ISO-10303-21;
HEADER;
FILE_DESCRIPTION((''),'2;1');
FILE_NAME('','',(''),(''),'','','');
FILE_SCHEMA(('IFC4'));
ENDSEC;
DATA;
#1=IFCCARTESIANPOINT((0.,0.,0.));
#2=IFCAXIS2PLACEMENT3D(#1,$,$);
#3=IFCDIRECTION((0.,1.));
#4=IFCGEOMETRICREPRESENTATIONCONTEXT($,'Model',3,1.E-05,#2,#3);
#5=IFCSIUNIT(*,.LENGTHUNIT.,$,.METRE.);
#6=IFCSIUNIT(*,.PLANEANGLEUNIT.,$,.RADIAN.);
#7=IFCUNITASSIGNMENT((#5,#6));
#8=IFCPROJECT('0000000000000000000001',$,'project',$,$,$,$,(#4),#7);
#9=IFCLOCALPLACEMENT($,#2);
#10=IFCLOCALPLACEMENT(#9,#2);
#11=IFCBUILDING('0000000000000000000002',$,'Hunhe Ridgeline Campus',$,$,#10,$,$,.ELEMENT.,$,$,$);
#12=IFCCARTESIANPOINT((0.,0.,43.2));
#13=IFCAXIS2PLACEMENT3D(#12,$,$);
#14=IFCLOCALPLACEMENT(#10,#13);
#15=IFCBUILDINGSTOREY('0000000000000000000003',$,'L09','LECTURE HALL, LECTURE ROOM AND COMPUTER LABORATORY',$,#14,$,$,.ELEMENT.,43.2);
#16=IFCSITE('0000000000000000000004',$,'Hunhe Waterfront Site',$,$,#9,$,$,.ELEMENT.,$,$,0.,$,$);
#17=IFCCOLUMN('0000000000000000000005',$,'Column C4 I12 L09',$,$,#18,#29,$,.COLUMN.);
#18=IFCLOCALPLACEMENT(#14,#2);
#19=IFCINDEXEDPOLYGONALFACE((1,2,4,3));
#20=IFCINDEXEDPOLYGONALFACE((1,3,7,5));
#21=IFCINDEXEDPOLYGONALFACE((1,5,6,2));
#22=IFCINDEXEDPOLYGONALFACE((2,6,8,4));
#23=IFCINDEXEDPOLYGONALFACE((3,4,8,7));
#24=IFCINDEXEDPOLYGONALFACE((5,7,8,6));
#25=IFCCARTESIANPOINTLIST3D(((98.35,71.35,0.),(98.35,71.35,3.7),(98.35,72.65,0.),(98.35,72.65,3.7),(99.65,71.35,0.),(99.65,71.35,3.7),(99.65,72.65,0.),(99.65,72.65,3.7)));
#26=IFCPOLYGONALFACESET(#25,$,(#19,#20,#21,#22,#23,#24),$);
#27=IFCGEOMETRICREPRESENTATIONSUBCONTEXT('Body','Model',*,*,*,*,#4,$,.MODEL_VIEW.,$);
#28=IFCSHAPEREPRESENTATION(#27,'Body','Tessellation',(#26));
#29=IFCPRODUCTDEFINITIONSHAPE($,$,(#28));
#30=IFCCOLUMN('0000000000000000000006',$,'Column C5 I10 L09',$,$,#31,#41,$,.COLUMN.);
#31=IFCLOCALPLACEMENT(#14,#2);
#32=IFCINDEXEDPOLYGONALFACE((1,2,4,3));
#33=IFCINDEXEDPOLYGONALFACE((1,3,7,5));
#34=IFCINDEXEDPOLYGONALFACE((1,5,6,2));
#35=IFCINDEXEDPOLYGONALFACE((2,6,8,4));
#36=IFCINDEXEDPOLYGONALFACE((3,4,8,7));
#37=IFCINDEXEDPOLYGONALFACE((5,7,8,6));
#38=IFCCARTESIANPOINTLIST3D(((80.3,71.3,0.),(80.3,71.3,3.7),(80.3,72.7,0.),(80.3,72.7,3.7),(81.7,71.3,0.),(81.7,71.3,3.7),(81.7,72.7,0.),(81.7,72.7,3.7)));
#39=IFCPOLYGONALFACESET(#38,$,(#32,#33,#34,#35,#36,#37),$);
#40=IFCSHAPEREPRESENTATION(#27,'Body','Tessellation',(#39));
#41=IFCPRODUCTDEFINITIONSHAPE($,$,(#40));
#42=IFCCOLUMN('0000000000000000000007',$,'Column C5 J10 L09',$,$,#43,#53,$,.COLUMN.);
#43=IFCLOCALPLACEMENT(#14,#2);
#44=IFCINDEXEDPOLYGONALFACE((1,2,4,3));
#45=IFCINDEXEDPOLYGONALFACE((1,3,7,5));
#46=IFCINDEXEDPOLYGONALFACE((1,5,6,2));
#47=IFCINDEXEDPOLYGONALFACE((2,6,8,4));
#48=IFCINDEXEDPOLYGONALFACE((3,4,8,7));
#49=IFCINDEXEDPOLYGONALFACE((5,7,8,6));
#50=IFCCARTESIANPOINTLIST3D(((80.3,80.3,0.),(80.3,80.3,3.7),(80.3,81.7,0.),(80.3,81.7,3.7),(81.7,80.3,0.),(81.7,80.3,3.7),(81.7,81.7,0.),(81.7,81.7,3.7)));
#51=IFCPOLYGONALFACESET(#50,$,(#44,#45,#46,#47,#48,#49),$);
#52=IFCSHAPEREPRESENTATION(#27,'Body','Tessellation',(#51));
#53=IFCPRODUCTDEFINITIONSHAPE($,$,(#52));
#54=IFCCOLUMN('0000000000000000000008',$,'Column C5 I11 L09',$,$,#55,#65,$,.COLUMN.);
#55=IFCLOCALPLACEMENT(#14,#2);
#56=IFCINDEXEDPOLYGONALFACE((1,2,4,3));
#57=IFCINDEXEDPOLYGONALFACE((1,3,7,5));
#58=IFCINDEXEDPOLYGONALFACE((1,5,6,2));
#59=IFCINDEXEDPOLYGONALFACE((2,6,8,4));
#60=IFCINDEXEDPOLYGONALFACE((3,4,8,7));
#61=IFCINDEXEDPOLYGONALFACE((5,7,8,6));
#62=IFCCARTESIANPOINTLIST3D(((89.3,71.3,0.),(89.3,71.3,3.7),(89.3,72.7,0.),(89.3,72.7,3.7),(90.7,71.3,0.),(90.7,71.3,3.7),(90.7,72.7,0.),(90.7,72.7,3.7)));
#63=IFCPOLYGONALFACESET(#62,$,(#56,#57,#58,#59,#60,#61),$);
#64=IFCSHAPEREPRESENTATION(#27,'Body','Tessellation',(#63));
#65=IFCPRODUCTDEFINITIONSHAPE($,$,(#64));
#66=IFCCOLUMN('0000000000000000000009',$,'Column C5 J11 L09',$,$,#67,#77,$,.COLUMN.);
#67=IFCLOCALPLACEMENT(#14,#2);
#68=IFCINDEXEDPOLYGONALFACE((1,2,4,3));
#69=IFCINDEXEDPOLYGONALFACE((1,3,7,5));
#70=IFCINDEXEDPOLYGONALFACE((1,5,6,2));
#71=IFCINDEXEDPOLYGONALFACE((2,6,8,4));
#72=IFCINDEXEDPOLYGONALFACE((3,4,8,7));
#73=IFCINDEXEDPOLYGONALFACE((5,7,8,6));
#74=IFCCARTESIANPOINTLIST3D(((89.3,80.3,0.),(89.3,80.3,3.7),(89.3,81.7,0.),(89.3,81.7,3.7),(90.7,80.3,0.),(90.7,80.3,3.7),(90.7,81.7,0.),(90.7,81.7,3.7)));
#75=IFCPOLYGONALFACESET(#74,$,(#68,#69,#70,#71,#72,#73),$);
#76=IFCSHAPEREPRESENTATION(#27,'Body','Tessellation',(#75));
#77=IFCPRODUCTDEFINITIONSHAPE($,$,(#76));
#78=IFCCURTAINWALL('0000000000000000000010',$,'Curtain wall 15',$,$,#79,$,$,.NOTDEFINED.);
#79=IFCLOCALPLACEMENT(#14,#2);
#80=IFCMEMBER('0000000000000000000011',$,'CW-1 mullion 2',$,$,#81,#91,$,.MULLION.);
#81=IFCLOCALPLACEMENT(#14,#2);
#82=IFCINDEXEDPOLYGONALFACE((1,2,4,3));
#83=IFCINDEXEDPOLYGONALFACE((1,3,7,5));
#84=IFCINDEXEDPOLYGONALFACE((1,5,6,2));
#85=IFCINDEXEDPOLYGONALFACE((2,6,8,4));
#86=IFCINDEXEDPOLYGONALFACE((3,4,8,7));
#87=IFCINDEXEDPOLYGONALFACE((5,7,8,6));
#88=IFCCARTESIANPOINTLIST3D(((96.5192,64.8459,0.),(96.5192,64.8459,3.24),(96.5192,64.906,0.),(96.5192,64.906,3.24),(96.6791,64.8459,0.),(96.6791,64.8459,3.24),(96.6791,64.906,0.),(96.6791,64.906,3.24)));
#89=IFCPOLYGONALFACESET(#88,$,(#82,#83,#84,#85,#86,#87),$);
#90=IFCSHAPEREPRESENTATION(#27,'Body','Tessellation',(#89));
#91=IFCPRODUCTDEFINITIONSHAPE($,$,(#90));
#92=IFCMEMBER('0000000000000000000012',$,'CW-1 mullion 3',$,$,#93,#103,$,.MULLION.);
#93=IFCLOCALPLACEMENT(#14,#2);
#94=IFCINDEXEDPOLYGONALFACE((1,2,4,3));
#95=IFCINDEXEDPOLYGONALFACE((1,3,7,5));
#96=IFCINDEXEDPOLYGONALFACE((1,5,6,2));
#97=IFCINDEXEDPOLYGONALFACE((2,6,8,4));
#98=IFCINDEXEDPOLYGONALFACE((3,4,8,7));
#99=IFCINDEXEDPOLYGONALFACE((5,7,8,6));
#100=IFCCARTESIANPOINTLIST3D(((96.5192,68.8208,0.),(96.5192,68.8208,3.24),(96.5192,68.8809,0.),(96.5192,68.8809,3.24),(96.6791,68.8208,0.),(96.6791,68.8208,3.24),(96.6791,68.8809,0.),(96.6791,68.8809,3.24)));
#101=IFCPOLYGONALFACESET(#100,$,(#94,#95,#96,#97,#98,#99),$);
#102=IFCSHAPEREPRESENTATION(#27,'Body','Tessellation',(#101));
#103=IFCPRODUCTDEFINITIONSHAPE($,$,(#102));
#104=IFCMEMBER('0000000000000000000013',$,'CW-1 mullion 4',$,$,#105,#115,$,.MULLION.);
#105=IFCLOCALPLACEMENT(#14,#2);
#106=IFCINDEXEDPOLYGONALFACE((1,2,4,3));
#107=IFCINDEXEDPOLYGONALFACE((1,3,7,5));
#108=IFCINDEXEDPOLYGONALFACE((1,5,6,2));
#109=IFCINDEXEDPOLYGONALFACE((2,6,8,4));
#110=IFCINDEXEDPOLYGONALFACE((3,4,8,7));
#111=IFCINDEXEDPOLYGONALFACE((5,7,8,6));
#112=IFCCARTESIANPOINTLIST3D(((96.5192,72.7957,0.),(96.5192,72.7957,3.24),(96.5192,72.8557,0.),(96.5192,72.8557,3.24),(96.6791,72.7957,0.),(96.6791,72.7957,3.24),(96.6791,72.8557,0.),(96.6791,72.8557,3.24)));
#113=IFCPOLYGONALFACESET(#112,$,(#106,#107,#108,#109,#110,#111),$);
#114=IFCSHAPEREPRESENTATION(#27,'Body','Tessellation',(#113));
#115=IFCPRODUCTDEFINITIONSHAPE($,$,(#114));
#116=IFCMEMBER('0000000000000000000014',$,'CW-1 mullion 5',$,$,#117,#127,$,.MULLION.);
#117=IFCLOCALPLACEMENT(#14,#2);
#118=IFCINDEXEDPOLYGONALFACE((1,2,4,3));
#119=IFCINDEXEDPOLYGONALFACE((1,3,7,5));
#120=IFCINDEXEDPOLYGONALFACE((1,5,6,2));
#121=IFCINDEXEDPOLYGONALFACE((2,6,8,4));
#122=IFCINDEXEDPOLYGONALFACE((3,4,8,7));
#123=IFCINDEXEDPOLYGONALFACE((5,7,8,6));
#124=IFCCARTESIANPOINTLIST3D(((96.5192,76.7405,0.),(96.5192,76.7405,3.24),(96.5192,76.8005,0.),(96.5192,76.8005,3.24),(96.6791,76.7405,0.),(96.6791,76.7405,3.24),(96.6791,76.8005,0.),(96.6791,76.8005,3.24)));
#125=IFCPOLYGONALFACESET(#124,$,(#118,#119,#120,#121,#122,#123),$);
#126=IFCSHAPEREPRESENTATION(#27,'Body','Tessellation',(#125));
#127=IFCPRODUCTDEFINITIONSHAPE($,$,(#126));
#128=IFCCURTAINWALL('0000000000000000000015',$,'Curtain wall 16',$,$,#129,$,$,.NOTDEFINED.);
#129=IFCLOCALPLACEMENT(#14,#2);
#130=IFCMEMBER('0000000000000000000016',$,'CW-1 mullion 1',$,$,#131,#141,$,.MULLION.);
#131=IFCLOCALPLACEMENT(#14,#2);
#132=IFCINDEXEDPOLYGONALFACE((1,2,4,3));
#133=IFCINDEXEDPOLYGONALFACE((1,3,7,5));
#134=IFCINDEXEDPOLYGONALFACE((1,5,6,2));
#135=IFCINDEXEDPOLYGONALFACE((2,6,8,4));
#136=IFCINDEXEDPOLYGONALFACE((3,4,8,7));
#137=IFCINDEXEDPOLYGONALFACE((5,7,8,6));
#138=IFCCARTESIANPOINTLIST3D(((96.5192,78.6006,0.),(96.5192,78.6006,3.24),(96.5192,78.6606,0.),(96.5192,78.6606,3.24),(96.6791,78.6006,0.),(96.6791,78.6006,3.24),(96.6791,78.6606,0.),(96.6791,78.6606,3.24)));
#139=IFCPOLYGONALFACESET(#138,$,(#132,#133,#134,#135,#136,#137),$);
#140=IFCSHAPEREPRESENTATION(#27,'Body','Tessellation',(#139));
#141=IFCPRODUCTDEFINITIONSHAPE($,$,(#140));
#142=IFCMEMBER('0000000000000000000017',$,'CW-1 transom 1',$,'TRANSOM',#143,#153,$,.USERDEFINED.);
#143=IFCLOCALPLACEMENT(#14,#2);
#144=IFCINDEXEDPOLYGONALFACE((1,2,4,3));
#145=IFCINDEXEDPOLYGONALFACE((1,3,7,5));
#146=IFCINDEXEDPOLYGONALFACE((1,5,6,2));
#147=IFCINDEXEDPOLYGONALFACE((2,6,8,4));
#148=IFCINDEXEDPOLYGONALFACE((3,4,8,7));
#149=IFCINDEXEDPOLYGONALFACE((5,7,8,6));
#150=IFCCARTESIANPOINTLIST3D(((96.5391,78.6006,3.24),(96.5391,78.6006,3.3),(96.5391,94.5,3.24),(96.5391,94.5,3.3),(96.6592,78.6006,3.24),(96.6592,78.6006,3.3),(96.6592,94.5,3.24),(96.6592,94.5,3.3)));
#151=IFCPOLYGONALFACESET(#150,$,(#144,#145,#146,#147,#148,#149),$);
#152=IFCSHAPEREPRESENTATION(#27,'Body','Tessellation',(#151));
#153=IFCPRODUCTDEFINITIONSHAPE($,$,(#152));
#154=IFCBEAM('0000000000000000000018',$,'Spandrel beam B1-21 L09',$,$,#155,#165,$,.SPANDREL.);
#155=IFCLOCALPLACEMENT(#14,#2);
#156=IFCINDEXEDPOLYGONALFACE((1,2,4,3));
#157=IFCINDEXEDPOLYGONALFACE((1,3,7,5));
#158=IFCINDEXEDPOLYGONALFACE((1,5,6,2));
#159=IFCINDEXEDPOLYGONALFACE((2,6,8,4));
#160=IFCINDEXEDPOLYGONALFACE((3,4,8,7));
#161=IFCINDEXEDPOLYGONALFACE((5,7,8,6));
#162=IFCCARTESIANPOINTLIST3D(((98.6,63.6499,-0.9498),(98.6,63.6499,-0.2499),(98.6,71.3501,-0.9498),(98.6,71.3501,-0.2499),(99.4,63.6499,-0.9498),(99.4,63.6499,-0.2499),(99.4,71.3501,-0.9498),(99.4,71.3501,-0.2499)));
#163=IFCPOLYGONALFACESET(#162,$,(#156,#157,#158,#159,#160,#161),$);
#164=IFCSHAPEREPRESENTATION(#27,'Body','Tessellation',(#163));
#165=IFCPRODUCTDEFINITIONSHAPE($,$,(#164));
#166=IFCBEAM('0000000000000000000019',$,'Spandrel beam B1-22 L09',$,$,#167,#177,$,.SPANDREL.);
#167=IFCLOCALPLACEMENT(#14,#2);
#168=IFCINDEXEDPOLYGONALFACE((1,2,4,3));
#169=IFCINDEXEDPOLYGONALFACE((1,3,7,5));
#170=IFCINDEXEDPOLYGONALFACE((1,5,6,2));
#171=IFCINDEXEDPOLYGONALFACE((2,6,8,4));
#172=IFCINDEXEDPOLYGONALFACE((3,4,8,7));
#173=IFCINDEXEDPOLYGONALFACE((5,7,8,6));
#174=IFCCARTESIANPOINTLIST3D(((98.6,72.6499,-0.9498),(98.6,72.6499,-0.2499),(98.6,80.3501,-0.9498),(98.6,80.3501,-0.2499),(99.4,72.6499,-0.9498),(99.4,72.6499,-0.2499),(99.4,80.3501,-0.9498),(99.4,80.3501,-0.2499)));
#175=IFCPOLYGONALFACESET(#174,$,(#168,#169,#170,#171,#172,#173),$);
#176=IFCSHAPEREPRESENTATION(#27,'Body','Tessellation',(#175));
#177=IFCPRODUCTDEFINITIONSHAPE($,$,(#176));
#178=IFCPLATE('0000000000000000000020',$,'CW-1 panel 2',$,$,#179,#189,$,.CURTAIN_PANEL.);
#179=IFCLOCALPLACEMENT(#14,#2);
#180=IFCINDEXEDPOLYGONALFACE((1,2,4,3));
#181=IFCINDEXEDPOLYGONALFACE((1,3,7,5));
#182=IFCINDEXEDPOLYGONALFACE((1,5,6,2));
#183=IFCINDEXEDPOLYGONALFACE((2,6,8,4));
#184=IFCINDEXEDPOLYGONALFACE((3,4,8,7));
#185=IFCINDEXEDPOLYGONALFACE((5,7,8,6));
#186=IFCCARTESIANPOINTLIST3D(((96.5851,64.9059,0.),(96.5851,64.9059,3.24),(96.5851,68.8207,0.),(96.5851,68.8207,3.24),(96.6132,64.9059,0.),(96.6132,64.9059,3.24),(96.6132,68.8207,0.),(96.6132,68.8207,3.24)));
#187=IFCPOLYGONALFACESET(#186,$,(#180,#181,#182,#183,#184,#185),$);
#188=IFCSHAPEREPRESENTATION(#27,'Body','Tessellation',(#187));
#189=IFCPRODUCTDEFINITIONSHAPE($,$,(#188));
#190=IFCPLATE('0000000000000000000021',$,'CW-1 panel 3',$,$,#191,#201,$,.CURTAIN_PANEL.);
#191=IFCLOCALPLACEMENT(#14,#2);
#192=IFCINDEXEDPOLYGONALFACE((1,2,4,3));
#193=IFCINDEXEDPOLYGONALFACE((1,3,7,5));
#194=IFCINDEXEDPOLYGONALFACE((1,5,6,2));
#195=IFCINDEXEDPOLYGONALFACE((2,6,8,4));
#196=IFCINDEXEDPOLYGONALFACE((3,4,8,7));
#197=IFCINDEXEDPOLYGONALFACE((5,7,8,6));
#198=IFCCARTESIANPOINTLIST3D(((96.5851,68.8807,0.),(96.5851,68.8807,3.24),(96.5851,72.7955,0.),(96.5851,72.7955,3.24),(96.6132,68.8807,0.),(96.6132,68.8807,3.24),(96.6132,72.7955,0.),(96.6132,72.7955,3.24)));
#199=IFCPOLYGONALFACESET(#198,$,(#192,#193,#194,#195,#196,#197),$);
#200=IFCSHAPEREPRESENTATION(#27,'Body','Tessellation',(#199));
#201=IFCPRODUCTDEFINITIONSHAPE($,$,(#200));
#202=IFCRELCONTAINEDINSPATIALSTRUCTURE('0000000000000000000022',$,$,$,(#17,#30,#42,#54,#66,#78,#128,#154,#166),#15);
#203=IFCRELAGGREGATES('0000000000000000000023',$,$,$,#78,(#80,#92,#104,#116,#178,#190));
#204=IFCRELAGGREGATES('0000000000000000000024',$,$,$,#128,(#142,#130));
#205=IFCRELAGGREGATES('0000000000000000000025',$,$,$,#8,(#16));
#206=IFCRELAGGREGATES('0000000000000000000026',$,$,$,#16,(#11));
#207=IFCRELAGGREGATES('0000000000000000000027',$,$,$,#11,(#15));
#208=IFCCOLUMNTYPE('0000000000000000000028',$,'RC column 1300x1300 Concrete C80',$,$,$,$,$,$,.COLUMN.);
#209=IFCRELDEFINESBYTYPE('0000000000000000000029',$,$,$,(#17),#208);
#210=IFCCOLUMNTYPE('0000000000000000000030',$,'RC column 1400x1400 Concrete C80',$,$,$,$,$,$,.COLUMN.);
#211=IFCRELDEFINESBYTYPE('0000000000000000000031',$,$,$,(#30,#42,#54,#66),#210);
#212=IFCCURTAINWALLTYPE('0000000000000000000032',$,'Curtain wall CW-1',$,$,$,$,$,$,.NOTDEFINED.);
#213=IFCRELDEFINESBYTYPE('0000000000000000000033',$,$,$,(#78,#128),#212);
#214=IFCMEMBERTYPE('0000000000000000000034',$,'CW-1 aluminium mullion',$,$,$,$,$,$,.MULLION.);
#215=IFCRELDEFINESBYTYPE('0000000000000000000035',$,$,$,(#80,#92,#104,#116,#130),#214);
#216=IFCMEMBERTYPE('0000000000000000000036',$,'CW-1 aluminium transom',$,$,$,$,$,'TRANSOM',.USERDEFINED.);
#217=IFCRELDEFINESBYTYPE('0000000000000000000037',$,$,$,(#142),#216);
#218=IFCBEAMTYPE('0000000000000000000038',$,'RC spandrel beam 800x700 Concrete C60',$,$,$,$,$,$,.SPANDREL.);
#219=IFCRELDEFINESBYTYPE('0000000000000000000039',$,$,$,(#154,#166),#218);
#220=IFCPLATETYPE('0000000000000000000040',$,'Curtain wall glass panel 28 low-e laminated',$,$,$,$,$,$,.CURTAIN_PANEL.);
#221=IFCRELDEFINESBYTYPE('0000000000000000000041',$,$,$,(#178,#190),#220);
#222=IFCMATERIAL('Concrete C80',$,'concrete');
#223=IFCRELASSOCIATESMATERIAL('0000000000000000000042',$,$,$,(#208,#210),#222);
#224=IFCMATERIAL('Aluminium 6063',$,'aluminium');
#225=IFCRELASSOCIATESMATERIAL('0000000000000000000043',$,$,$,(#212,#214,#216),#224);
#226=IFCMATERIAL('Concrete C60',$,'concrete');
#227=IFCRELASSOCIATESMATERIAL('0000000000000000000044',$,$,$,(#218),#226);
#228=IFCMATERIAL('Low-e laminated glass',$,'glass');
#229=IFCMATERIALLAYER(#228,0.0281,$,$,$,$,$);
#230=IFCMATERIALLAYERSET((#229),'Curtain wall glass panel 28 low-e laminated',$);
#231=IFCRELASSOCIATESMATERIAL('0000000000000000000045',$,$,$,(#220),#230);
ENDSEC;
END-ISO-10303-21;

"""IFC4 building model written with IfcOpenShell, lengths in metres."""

from ifc_helpers import new_model, si_unit, direction, frame, origin, origin_2d, place, context, subcontext, project, spatial, rectangle, extrude, material, layer, layer_set, material_profile, profile_set, type_object, element, aggregate, save


model = new_model("IFC4")

# Units and contexts
model_context = context("Model", 3, precision=1e-05, world=origin(), true_north=direction((0.0, 1.0)))
body_context = subcontext(model_context, "Body", "Model", "MODEL_VIEW")
ifc_project = project(units=[si_unit("LENGTHUNIT", "METRE"), si_unit("PLANEANGLEUNIT", "RADIAN")], contexts=[model_context])

# Site, building, storey
site_placement = place(None, origin())
site = spatial("IfcSite", under=ifc_project, at=site_placement, Name="Hunhe Waterfront Site", CompositionType="ELEMENT", RefElevation=0.0)
building_placement = place(site_placement, origin())
building = spatial("IfcBuilding", under=site, at=building_placement, Name="Hunhe Ridgeline Campus", CompositionType="ELEMENT")
storey_placement = place(building_placement, frame((0.0, 0.0, 43.2)))
storey = spatial("IfcBuildingStorey", under=building, at=storey_placement, Name="L09", Description="LECTURE HALL, LECTURE ROOM AND COMPUTER LABORATORY", CompositionType="ELEMENT", Elevation=43.2)

# Columns
ifc_material_1 = material(Name="Concrete C80", Category="concrete")
ifc_material_profile_1 = material_profile(ifc_material_1, rectangle(XDim=1.3, YDim=1.3, at=origin_2d()))
ifc_profile_set_1 = profile_set([ifc_material_profile_1], Name="Concrete C80")
column_type_1 = type_object("IfcColumnType", Name="RC column 1300x1300 Concrete C80", PredefinedType="COLUMN", material=ifc_profile_set_1)
column_placement = place(storey_placement, frame((99.0, 72.0, 0.0), z_axis=(0.0, 0.0, 1.0), x_axis=(1.0, 0.0, 0.0)))
element("IfcColumn", 1, at=column_placement, inside=storey, type_object=column_type_1, Name="Column C4 I12 L09", PredefinedType="COLUMN", context=body_context, shape_type="SweptSolid", body=[
    extrude(rectangle(XDim=1.3, YDim=1.3, at=origin_2d()), origin(), (0.0, 0.0, 1.0), 3.7),
])
ifc_material_profile_2 = material_profile(ifc_material_1, rectangle(XDim=1.3999, YDim=1.3999, at=origin_2d()))
ifc_profile_set_2 = profile_set([ifc_material_profile_2], Name="Concrete C80")
column_type_2 = type_object("IfcColumnType", Name="RC column 1400x1400 Concrete C80", PredefinedType="COLUMN", material=ifc_profile_set_2)
for number, where, z_axis, x_axis, name in (
    (2, (81.0, 72.0, 0.0), (0.0, 0.0, 1.0), (1.0, 0.0, 0.0), "Column C5 I10 L09"),
    (3, (81.0, 81.0, 0.0), (0.0, 0.0, 1.0), (1.0, 0.0, 0.0), "Column C5 J10 L09"),
    (4, (90.0, 72.0, 0.0), (0.0, 0.0, 1.0), (1.0, 0.0, 0.0), "Column C5 I11 L09"),
    (5, (90.0, 81.0, 0.0), (0.0, 0.0, 1.0), (1.0, 0.0, 0.0), "Column C5 J11 L09"),
):
    element("IfcColumn", number, at=place(storey_placement, frame(where, z_axis=z_axis, x_axis=x_axis)), inside=storey, type_object=column_type_2, Name=name, PredefinedType="COLUMN", context=body_context, shape_type="SweptSolid", body=[
        extrude(rectangle(XDim=1.3999, YDim=1.3999, at=origin_2d()), origin(), (0.0, 0.0, 1.0), 3.7),
    ])

# Curtain walls, members
ifc_material_2 = material(Name="Aluminium 6063", Category="aluminium")
curtain_wall_type = type_object("IfcCurtainWallType", Name="Curtain wall CW-1", PredefinedType="NOTDEFINED", material=ifc_material_2)
curtain_wall_1_placement = place(storey_placement, origin())
curtain_wall_1 = element("IfcCurtainWall", 6, at=curtain_wall_1_placement, inside=storey, type_object=curtain_wall_type, Name="Curtain wall 15", PredefinedType="NOTDEFINED")
ifc_material_profile_3 = material_profile(ifc_material_2, rectangle(XDim=0.1599, YDim=0.0601, at=origin_2d()))
ifc_profile_set_3 = profile_set([ifc_material_profile_3], Name="Aluminium 6063")
member_type_1 = type_object("IfcMemberType", Name="CW-1 aluminium mullion", PredefinedType="MULLION", material=ifc_profile_set_3)
member_1_placement = place(storey_placement, frame((96.5991, 64.876, 0.0), z_axis=(0.0, 0.0, 1.0), x_axis=(-1.0, 0.0, 0.0)))
member_1 = element("IfcMember", 7, at=member_1_placement, type_object=member_type_1, Name="CW-1 mullion 2", PredefinedType="MULLION", context=body_context, shape_type="SweptSolid", body=[
    extrude(rectangle(XDim=0.1599, YDim=0.0601, at=origin_2d()), origin(), (0.0, 0.0, 1.0), 3.24),
])
member_2_placement = place(storey_placement, frame((96.5991, 68.8508, 0.0), z_axis=(0.0, 0.0, 1.0), x_axis=(-1.0, 0.0, 0.0)))
member_2 = element("IfcMember", 8, at=member_2_placement, type_object=member_type_1, Name="CW-1 mullion 3", PredefinedType="MULLION", context=body_context, shape_type="SweptSolid", body=[
    extrude(rectangle(XDim=0.1599, YDim=0.0601, at=origin_2d()), origin(), (0.0, 0.0, 1.0), 3.24),
])
member_3_placement = place(storey_placement, frame((96.5991, 72.8257, 0.0), z_axis=(0.0, 0.0, 1.0), x_axis=(-1.0, 0.0, 0.0)))
member_3 = element("IfcMember", 9, at=member_3_placement, type_object=member_type_1, Name="CW-1 mullion 4", PredefinedType="MULLION", context=body_context, shape_type="SweptSolid", body=[
    extrude(rectangle(XDim=0.1599, YDim=0.0601, at=origin_2d()), origin(), (0.0, 0.0, 1.0), 3.24),
])
member_4_placement = place(storey_placement, frame((96.5991, 76.7705, 0.0), z_axis=(0.0, 0.0, 1.0), x_axis=(-1.0, 0.0, 0.0)))
member_4 = element("IfcMember", 10, at=member_4_placement, type_object=member_type_1, Name="CW-1 mullion 5", PredefinedType="MULLION", context=body_context, shape_type="SweptSolid", body=[
    extrude(rectangle(XDim=0.1599, YDim=0.0601, at=origin_2d()), origin(), (0.0, 0.0, 1.0), 3.24),
])
curtain_wall_2_placement = place(storey_placement, origin())
curtain_wall_2 = element("IfcCurtainWall", 11, at=curtain_wall_2_placement, inside=storey, type_object=curtain_wall_type, Name="Curtain wall 16", PredefinedType="NOTDEFINED")
member_5_placement = place(storey_placement, frame((96.5991, 78.6306, 0.0), z_axis=(0.0, 0.0, 1.0), x_axis=(-1.0, 0.0, 0.0)))
member_5 = element("IfcMember", 12, at=member_5_placement, type_object=member_type_1, Name="CW-1 mullion 1", PredefinedType="MULLION", context=body_context, shape_type="SweptSolid", body=[
    extrude(rectangle(XDim=0.1599, YDim=0.0601, at=origin_2d()), origin(), (0.0, 0.0, 1.0), 3.24),
])
ifc_material_profile_4 = material_profile(ifc_material_2, rectangle(XDim=0.1201, YDim=0.0601, at=origin_2d()))
ifc_profile_set_4 = profile_set([ifc_material_profile_4], Name="Aluminium 6063")
member_type_2 = type_object("IfcMemberType", Name="CW-1 aluminium transom", ElementType="TRANSOM", PredefinedType="USERDEFINED", material=ifc_profile_set_4)
member_6_placement = place(storey_placement, frame((96.5991, 78.6006, 3.27), z_axis=(0.0, 1.0, 0.0), x_axis=(-1.0, 0.0, 0.0)))
member_6 = element("IfcMember", 13, at=member_6_placement, type_object=member_type_2, Name="CW-1 transom 1", ObjectType="TRANSOM", PredefinedType="USERDEFINED", context=body_context, shape_type="SweptSolid", body=[
    extrude(rectangle(XDim=0.1201, YDim=0.0601, at=origin_2d()), origin(), (0.0, 0.0, 1.0), 15.8994),
])

# Beams
ifc_material_3 = material(Name="Concrete C60", Category="concrete")
ifc_material_profile_5 = material_profile(ifc_material_3, rectangle(XDim=0.8, YDim=0.7, at=origin_2d()))
ifc_profile_set_5 = profile_set([ifc_material_profile_5], Name="Concrete C60")
beam_type = type_object("IfcBeamType", Name="RC spandrel beam 800x700 Concrete C60", PredefinedType="SPANDREL", material=ifc_profile_set_5)
for number, where, z_axis, x_axis, name in (
    (14, (99.0, 63.6499, -0.5999), (0.0, 1.0, 0.0), (-1.0, 0.0, 0.0), "Spandrel beam B1-21 L09"),
    (15, (99.0, 72.6499, -0.5999), (0.0, 1.0, 0.0), (-1.0, 0.0, 0.0), "Spandrel beam B1-22 L09"),
):
    element("IfcBeam", number, at=place(storey_placement, frame(where, z_axis=z_axis, x_axis=x_axis)), inside=storey, type_object=beam_type, Name=name, PredefinedType="SPANDREL", context=body_context, shape_type="SweptSolid", body=[
        extrude(rectangle(XDim=0.8, YDim=0.7, at=origin_2d()), origin(), (0.0, 0.0, 1.0), 7.7002),
    ])

# Plates
ifc_material_4 = material(Name="Low-e laminated glass", Category="glass")
ifc_layer_1 = layer(ifc_material_4, 0.0281)
ifc_layer_set_1 = layer_set([ifc_layer_1], Name="Curtain wall glass panel 28 low-e laminated")
plate_type = type_object("IfcPlateType", Name="Curtain wall glass panel 28 low-e laminated", PredefinedType="CURTAIN_PANEL", material=ifc_layer_set_1)
plate_1_placement = place(storey_placement, frame((96.5991, 66.8633, 0.0), z_axis=(0.0, 0.0, 1.0), x_axis=(0.0, 1.0, 0.0)))
plate_1 = element("IfcPlate", 16, at=plate_1_placement, type_object=plate_type, Name="CW-1 panel 2", PredefinedType="CURTAIN_PANEL", context=body_context, shape_type="SweptSolid", body=[
    extrude(rectangle(XDim=3.9148, YDim=0.0281, at=origin_2d()), origin(), (0.0, 0.0, 1.0), 3.24),
])
plate_2_placement = place(storey_placement, frame((96.5991, 70.8381, 0.0), z_axis=(0.0, 0.0, 1.0), x_axis=(0.0, 1.0, 0.0)))
plate_2 = element("IfcPlate", 17, at=plate_2_placement, type_object=plate_type, Name="CW-1 panel 3", PredefinedType="CURTAIN_PANEL", context=body_context, shape_type="SweptSolid", body=[
    extrude(rectangle(XDim=3.9148, YDim=0.0281, at=origin_2d()), origin(), (0.0, 0.0, 1.0), 3.24),
])
aggregate(curtain_wall_1, [member_1, member_2, member_3, member_4, plate_1, plate_2])
aggregate(curtain_wall_2, [member_6, member_5])

save(model, "model.ifc")
